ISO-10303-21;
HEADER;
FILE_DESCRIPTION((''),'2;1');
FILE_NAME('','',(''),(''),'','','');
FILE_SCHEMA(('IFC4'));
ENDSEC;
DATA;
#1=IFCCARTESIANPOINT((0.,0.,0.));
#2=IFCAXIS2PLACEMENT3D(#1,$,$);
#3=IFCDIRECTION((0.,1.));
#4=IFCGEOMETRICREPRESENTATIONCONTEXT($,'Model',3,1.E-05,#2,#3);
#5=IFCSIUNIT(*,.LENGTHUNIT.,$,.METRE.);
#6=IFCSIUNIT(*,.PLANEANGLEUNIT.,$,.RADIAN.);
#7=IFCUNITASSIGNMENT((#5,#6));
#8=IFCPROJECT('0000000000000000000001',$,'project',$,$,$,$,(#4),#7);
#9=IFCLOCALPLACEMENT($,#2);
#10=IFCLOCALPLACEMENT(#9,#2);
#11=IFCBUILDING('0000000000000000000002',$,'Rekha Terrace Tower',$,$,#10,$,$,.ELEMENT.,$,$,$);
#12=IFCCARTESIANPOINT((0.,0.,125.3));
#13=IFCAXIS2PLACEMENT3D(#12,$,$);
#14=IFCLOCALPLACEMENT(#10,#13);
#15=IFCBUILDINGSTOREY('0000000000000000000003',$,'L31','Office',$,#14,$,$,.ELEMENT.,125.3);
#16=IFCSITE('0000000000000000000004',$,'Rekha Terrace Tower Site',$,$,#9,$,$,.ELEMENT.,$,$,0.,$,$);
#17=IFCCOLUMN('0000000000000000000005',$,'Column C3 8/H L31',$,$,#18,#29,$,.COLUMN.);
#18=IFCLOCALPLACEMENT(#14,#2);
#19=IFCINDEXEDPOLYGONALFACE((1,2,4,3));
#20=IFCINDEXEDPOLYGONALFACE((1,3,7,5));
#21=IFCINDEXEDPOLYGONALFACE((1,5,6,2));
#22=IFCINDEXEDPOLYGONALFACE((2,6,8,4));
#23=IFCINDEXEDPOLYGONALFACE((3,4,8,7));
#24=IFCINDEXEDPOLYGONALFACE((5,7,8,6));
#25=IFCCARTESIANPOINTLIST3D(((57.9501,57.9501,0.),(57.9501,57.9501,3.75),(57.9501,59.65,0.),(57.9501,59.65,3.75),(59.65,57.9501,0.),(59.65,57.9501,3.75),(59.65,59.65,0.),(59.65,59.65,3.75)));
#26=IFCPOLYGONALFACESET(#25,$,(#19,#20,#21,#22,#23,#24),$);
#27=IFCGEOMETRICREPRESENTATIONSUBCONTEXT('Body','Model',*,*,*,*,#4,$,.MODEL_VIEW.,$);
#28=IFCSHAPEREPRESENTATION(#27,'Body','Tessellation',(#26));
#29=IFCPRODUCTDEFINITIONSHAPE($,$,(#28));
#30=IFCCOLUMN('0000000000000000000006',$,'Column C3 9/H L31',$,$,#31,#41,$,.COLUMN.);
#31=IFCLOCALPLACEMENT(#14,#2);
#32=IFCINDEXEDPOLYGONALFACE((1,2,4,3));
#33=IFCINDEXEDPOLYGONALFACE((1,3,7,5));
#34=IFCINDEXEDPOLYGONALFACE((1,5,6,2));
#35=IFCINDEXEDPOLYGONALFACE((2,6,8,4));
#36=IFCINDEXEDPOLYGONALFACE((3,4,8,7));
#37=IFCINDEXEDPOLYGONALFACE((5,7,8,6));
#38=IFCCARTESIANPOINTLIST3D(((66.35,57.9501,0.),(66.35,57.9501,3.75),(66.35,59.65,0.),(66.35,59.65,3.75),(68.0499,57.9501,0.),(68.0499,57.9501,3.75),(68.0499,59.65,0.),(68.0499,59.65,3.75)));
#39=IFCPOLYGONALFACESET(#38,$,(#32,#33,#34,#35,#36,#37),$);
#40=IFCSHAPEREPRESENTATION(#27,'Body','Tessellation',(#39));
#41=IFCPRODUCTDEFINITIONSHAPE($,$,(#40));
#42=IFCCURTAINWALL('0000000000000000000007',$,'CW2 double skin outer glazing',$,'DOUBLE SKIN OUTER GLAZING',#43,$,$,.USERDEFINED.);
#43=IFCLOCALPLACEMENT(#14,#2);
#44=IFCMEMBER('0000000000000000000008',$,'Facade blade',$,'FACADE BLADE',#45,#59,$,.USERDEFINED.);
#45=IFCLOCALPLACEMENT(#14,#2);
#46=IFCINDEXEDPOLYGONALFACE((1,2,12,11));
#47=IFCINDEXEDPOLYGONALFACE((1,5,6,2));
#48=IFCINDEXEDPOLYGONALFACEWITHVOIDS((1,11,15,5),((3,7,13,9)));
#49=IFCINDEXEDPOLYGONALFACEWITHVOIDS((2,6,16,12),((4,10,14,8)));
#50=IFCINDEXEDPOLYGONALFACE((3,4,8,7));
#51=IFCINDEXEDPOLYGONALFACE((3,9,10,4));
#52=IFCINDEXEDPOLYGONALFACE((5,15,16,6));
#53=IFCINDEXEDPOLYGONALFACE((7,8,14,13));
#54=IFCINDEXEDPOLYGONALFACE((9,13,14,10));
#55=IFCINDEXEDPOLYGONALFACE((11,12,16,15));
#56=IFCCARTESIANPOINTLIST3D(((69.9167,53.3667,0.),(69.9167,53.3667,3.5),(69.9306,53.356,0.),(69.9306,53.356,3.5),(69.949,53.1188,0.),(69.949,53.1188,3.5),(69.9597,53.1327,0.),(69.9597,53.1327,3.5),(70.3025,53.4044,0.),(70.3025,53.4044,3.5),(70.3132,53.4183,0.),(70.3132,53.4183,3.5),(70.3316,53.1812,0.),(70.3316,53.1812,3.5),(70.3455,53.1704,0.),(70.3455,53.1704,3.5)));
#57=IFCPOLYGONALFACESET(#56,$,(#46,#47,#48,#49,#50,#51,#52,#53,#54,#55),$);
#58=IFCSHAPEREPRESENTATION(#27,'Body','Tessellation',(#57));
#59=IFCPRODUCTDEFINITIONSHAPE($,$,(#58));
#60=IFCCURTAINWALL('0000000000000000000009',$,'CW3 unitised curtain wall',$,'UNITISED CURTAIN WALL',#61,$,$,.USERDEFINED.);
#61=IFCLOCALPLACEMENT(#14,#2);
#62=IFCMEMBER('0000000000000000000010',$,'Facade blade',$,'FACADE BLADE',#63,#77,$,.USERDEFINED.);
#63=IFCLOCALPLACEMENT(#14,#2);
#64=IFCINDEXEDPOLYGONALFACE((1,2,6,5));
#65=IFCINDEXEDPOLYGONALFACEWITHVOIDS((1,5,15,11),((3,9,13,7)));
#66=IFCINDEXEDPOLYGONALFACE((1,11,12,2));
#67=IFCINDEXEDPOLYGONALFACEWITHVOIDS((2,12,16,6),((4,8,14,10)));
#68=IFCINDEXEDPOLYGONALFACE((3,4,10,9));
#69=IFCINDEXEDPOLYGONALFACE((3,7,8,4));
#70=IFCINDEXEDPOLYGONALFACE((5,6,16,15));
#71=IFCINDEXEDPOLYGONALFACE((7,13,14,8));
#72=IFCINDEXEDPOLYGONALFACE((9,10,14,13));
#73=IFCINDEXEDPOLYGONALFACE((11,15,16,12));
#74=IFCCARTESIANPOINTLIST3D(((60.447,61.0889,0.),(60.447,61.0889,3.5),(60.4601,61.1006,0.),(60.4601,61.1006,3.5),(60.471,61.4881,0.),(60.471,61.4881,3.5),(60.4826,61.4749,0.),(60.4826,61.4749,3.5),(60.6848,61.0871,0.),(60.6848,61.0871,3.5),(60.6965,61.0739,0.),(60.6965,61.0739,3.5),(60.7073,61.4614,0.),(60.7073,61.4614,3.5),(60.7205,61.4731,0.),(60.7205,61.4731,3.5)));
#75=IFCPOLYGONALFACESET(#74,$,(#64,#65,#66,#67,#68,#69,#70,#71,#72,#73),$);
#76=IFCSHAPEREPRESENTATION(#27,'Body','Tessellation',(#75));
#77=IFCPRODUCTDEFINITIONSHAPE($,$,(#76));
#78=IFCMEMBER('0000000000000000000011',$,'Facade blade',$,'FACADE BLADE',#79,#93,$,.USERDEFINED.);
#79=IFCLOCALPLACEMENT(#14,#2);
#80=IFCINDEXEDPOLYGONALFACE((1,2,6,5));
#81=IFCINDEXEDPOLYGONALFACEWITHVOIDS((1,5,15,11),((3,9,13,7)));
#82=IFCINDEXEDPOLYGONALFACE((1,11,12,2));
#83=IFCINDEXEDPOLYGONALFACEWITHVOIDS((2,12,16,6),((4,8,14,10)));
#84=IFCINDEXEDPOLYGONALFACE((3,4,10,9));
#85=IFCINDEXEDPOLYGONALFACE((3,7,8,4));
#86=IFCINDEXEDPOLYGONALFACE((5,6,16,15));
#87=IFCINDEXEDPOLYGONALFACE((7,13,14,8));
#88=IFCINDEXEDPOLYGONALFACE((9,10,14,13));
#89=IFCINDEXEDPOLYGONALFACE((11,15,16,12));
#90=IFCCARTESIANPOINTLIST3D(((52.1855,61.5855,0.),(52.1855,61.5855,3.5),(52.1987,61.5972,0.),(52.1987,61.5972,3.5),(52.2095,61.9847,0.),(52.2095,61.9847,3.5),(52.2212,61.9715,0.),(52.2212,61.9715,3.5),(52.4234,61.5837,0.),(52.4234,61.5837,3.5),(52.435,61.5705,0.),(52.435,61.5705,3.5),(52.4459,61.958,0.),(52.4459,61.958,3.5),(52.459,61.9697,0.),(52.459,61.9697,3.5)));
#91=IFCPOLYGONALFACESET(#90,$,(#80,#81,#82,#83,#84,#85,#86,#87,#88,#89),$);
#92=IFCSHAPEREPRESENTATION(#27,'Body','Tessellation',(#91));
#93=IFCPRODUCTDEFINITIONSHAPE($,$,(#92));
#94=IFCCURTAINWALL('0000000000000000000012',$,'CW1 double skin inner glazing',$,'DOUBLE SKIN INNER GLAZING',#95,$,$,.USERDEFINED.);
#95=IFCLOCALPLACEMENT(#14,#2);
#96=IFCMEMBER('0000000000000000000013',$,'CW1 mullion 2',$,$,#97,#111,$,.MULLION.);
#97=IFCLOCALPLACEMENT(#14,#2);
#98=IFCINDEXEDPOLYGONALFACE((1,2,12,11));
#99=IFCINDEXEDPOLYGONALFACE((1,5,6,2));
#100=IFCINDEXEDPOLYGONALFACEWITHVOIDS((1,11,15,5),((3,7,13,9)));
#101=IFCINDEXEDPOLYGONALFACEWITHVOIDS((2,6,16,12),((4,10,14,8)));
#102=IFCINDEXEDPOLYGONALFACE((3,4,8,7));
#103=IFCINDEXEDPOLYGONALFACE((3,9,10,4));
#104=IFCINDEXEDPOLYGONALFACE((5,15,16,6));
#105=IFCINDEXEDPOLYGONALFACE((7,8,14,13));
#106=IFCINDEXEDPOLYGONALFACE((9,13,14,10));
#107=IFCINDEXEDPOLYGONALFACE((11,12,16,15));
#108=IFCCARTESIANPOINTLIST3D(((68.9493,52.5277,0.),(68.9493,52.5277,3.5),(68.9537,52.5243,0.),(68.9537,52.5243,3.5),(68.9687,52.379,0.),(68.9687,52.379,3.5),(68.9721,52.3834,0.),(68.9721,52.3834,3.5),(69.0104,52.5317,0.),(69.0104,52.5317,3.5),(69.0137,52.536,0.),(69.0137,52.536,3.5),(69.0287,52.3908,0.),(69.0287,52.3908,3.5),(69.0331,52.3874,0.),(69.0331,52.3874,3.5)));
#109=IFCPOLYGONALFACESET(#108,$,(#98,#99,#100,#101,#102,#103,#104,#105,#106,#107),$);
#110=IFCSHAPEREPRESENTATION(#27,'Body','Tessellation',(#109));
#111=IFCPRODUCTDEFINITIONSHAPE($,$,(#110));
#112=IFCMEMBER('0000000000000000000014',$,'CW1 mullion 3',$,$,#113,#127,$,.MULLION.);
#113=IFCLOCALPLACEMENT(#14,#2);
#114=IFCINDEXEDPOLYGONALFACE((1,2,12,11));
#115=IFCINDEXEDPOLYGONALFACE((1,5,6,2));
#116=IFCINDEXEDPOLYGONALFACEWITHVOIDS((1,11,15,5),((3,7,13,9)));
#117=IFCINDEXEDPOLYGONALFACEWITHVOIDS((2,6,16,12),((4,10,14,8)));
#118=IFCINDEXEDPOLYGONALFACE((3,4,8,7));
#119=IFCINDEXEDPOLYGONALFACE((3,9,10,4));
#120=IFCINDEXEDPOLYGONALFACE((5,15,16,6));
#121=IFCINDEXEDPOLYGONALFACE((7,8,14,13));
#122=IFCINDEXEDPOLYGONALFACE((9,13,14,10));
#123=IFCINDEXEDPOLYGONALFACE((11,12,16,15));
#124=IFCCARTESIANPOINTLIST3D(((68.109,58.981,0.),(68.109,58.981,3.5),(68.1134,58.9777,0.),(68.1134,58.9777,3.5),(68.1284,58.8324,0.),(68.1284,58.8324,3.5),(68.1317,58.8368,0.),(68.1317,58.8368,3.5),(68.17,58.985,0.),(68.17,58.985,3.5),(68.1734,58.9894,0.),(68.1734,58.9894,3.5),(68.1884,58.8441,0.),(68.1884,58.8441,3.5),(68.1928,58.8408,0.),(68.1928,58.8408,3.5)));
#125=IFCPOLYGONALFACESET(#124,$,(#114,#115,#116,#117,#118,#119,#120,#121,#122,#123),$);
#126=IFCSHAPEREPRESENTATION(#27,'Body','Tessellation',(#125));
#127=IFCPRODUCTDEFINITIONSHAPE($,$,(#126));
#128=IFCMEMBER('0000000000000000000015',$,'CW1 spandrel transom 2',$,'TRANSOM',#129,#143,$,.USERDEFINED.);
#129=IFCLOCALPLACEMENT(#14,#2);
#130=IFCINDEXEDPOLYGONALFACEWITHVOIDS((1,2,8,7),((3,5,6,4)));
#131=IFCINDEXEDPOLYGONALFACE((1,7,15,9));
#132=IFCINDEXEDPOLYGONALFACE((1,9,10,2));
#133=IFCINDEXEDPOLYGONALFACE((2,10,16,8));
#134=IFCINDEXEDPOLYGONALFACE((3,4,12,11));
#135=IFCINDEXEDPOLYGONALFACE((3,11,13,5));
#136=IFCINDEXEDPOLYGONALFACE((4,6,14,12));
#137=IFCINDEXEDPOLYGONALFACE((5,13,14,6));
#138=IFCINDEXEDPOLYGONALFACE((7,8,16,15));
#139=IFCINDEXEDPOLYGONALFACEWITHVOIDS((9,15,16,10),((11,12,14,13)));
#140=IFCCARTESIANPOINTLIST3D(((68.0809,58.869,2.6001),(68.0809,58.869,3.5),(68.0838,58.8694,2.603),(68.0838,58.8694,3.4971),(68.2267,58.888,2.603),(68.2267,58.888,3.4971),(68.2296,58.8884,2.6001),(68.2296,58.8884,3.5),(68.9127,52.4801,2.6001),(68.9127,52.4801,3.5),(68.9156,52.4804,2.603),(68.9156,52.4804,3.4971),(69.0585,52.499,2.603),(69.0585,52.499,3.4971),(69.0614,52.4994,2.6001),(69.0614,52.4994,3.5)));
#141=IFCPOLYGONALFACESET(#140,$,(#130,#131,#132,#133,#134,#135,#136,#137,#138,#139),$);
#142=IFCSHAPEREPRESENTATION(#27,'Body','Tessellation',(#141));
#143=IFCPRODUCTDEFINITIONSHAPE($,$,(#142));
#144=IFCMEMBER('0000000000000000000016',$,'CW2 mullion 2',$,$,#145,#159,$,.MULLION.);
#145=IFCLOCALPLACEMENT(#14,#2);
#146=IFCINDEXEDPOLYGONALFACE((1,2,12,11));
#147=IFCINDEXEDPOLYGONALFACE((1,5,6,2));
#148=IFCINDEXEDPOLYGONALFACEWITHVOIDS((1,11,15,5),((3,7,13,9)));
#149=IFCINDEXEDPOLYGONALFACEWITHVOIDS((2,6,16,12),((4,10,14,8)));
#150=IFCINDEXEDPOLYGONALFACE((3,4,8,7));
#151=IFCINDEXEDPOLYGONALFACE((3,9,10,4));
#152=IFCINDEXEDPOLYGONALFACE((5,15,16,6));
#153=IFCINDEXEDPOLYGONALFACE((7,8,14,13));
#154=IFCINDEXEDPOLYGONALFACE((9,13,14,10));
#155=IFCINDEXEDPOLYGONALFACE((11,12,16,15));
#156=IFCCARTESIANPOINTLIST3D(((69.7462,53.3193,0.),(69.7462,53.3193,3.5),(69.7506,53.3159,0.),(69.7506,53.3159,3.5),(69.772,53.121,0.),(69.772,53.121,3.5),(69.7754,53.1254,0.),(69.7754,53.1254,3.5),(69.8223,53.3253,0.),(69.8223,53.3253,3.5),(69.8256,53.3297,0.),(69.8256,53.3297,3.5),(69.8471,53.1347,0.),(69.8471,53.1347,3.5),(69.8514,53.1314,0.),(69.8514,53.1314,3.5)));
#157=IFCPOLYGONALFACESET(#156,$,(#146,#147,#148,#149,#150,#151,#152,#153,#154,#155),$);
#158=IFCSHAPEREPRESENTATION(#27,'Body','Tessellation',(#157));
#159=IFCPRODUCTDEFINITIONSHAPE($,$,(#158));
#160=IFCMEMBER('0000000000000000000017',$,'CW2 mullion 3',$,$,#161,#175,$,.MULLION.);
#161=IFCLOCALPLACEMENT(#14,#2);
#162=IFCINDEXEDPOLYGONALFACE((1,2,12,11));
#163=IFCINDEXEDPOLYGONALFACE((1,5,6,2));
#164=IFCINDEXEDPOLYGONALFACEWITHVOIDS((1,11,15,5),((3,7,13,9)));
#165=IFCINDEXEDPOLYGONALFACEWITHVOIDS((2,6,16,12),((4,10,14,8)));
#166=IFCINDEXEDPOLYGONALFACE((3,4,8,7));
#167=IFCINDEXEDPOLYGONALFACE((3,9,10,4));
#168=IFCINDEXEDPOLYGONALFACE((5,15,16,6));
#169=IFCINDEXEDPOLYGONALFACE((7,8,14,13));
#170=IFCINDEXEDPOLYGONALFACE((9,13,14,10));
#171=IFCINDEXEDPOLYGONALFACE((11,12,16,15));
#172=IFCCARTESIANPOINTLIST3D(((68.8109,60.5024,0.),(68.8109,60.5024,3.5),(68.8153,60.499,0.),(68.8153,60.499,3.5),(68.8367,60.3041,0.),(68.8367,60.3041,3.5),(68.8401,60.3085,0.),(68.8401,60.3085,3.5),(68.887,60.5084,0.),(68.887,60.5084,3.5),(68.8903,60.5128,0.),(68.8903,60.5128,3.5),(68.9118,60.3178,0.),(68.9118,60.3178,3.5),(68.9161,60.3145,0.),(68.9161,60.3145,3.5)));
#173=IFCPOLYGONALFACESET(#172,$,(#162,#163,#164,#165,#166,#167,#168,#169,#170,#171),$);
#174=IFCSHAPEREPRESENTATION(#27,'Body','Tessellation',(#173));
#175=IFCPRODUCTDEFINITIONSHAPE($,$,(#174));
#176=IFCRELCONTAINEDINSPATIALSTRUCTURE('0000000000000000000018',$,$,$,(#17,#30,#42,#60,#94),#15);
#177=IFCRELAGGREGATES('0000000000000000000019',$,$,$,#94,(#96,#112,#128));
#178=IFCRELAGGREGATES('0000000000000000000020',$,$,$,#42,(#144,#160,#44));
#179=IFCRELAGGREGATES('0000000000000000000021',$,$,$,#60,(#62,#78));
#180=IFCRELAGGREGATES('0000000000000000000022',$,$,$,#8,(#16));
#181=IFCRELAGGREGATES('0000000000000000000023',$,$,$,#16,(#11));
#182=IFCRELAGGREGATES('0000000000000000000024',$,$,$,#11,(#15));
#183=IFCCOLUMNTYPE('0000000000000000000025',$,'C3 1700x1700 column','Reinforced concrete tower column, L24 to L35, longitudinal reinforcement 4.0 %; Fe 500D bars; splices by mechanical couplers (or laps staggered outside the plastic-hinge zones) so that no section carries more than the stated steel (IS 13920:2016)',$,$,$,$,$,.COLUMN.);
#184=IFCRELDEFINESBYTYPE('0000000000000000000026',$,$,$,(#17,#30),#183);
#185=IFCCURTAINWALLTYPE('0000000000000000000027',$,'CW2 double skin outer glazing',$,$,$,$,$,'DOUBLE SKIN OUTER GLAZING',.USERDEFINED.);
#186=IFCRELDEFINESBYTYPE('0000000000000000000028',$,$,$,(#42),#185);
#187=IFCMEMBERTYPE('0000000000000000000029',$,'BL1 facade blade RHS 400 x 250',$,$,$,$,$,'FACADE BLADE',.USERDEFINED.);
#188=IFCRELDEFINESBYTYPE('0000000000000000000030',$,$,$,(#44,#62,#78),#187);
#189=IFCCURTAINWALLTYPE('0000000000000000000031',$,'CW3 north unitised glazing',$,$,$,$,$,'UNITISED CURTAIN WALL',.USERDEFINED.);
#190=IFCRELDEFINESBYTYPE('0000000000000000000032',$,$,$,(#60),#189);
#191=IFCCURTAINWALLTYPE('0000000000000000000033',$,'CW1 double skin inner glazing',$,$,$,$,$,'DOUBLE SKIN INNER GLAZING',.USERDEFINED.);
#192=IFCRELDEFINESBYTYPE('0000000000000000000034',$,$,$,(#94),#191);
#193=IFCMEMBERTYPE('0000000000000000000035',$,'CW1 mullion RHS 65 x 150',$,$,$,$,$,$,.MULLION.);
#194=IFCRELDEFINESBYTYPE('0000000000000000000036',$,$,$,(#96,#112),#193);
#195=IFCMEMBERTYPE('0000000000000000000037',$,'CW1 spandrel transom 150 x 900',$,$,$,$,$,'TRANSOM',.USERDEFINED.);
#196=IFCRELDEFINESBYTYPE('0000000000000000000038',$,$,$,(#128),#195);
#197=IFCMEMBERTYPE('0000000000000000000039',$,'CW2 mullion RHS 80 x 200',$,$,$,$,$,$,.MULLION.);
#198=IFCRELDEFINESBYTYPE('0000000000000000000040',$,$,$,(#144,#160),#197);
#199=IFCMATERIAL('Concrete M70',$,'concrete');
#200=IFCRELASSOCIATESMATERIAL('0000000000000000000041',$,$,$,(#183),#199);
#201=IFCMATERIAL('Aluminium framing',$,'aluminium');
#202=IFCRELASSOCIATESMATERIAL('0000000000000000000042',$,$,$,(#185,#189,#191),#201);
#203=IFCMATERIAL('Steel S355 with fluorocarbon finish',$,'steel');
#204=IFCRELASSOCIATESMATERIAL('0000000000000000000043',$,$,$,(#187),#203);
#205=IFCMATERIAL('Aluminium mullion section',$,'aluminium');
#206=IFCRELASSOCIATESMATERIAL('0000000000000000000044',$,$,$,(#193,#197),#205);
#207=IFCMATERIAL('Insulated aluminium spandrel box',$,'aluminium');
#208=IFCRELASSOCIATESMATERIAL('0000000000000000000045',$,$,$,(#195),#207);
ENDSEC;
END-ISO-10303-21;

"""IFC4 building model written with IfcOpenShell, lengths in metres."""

from ifc_helpers import new_model, si_unit, direction, frame, origin, origin_2d, place, context, subcontext, project, spatial, rectangle, hollow_rectangle, extrude, material, material_profile, profile_set, type_object, element, aggregate, save


model = new_model("IFC4")

# Units and contexts
model_context = context("Model", 3, precision=1e-05, world=origin(), true_north=direction((0.0, 1.0)))
body_context = subcontext(model_context, "Body", "Model", "MODEL_VIEW")
ifc_project = project(units=[si_unit("LENGTHUNIT", "METRE"), si_unit("PLANEANGLEUNIT", "RADIAN")], contexts=[model_context])

# Site, building, storey
site_placement = place(None, origin())
site = spatial("IfcSite", under=ifc_project, at=site_placement, Name="Rekha Terrace Tower Site", CompositionType="ELEMENT", RefElevation=0.0)
building_placement = place(site_placement, origin())
building = spatial("IfcBuilding", under=site, at=building_placement, Name="Rekha Terrace Tower", CompositionType="ELEMENT")
storey_placement = place(building_placement, frame((0.0, 0.0, 125.3)))
storey = spatial("IfcBuildingStorey", under=building, at=storey_placement, Name="L31", Description="Office", CompositionType="ELEMENT", Elevation=125.3)

# Columns
ifc_material_1 = material(Name="Concrete M70", Category="concrete")
ifc_material_profile_1 = material_profile(ifc_material_1, rectangle(XDim=1.7, YDim=1.7, at=origin_2d()), Name="RC 1700x1700")
ifc_profile_set_1 = profile_set([ifc_material_profile_1], Name="Concrete M70")
column_type = type_object("IfcColumnType", Name="C3 1700x1700 column", Description="Reinforced concrete tower column, L24 to L35, longitudinal reinforcement 4.0 %; Fe 500D bars; splices by mechanical couplers (or laps staggered outside the plastic-hinge zones) so that no section carries more than the stated steel (IS 13920:2016)", PredefinedType="COLUMN", material=ifc_profile_set_1)
for number, where, z_axis, x_axis, name in (
    (1, (58.8, 58.8, 0.0), (0.0, 0.0, 1.0), (1.0, 0.0, 0.0), "Column C3 8/H L31"),
    (2, (67.2, 58.8, 0.0), (0.0, 0.0, 1.0), (1.0, 0.0, 0.0), "Column C3 9/H L31"),
):
    element("IfcColumn", number, at=place(storey_placement, frame(where, z_axis=z_axis, x_axis=x_axis)), inside=storey, type_object=column_type, Name=name, PredefinedType="COLUMN", context=body_context, shape_type="SweptSolid", body=[
        extrude(rectangle(XDim=1.7, YDim=1.7, at=origin_2d()), origin(), (0.0, 0.0, 1.0), 3.75),
    ])

# Curtain wall, member
ifc_material_2 = material(Name="Aluminium framing", Category="aluminium")
curtain_wall_type_1 = type_object("IfcCurtainWallType", Name="CW2 double skin outer glazing", ElementType="DOUBLE SKIN OUTER GLAZING", PredefinedType="USERDEFINED", material=ifc_material_2)
curtain_wall_1_placement = place(storey_placement, origin())
curtain_wall_1 = element("IfcCurtainWall", 3, at=curtain_wall_1_placement, inside=storey, type_object=curtain_wall_type_1, Name="CW2 double skin outer glazing", ObjectType="DOUBLE SKIN OUTER GLAZING", PredefinedType="USERDEFINED")
ifc_material_3 = material(Name="Steel S355 with fluorocarbon finish", Category="steel")
ifc_material_profile_2 = material_profile(ifc_material_3, hollow_rectangle(XDim=0.25, YDim=0.3999, WallThickness=0.0125, at=origin_2d()), Name="RHS400x250x12.5")
ifc_profile_set_2 = profile_set([ifc_material_profile_2], Name="Steel S355 with fluorocarbon finish")
member_type_1 = type_object("IfcMemberType", Name="BL1 facade blade RHS 400 x 250", ElementType="FACADE BLADE", PredefinedType="USERDEFINED", material=ifc_profile_set_2)
member_1_placement = place(storey_placement, frame((70.1311, 53.2686, 0.0), z_axis=(0.0, 0.0, 1.0), x_axis=(-0.129119, 0.991629, 0.0)))
member_1 = element("IfcMember", 4, at=member_1_placement, type_object=member_type_1, Name="Facade blade", ObjectType="FACADE BLADE", PredefinedType="USERDEFINED", context=body_context, shape_type="SweptSolid", body=[
    extrude(hollow_rectangle(XDim=0.25, YDim=0.3999, WallThickness=0.0125, at=origin_2d()), origin(), (0.0, 0.0, 1.0), 3.5),
])

# Curtain walls, members
curtain_wall_type_2 = type_object("IfcCurtainWallType", Name="CW3 north unitised glazing", ElementType="UNITISED CURTAIN WALL", PredefinedType="USERDEFINED", material=ifc_material_2)
curtain_wall_2_placement = place(storey_placement, origin())
curtain_wall_2 = element("IfcCurtainWall", 5, at=curtain_wall_2_placement, inside=storey, type_object=curtain_wall_type_2, Name="CW3 unitised curtain wall", ObjectType="UNITISED CURTAIN WALL", PredefinedType="USERDEFINED")
member_2_placement = place(storey_placement, frame((60.5837, 61.281, 0.0), z_axis=(0.0, 0.0, 1.0), x_axis=(-0.998199, 0.059988, 0.0)))
member_2 = element("IfcMember", 6, at=member_2_placement, type_object=member_type_1, Name="Facade blade", ObjectType="FACADE BLADE", PredefinedType="USERDEFINED", context=body_context, shape_type="SweptSolid", body=[
    extrude(hollow_rectangle(XDim=0.25, YDim=0.3999, WallThickness=0.0125, at=origin_2d()), origin(), (0.0, 0.0, 1.0), 3.5),
])
member_3_placement = place(storey_placement, frame((52.3223, 61.7776, 0.0), z_axis=(0.0, 0.0, 1.0), x_axis=(-0.998199, 0.059988, 0.0)))
member_3 = element("IfcMember", 7, at=member_3_placement, type_object=member_type_1, Name="Facade blade", ObjectType="FACADE BLADE", PredefinedType="USERDEFINED", context=body_context, shape_type="SweptSolid", body=[
    extrude(hollow_rectangle(XDim=0.25, YDim=0.3999, WallThickness=0.0125, at=origin_2d()), origin(), (0.0, 0.0, 1.0), 3.5),
])
curtain_wall_type_3 = type_object("IfcCurtainWallType", Name="CW1 double skin inner glazing", ElementType="DOUBLE SKIN INNER GLAZING", PredefinedType="USERDEFINED", material=ifc_material_2)
curtain_wall_3_placement = place(storey_placement, origin())
curtain_wall_3 = element("IfcCurtainWall", 8, at=curtain_wall_3_placement, inside=storey, type_object=curtain_wall_type_3, Name="CW1 double skin inner glazing", ObjectType="DOUBLE SKIN INNER GLAZING", PredefinedType="USERDEFINED")
ifc_material_4 = material(Name="Aluminium mullion section", Category="aluminium")
ifc_material_profile_3 = material_profile(ifc_material_4, hollow_rectangle(XDim=0.0649, YDim=0.1499, WallThickness=0.0039, at=origin_2d()), Name="AL RHS 65x150")
ifc_profile_set_3 = profile_set([ifc_material_profile_3], Name="Aluminium mullion section")
member_type_2 = type_object("IfcMemberType", Name="CW1 mullion RHS 65 x 150", PredefinedType="MULLION", material=ifc_profile_set_3)
member_4_placement = place(storey_placement, frame((68.9912, 52.4575, 0.0), z_axis=(0.0, 0.0, 1.0), x_axis=(-0.991629, -0.129118, 0.0)))
member_4 = element("IfcMember", 9, at=member_4_placement, type_object=member_type_2, Name="CW1 mullion 2", PredefinedType="MULLION", context=body_context, shape_type="SweptSolid", body=[
    extrude(hollow_rectangle(XDim=0.0649, YDim=0.1499, WallThickness=0.0039, at=origin_2d()), origin(), (0.0, 0.0, 1.0), 3.5),
])
member_5_placement = place(storey_placement, frame((68.1509, 58.9109, 0.0), z_axis=(0.0, 0.0, 1.0), x_axis=(-0.991629, -0.129118, 0.0)))
member_5 = element("IfcMember", 10, at=member_5_placement, type_object=member_type_2, Name="CW1 mullion 3", PredefinedType="MULLION", context=body_context, shape_type="SweptSolid", body=[
    extrude(hollow_rectangle(XDim=0.0649, YDim=0.1499, WallThickness=0.0039, at=origin_2d()), origin(), (0.0, 0.0, 1.0), 3.5),
])
ifc_material_5 = material(Name="Insulated aluminium spandrel box", Category="aluminium")
ifc_material_profile_4 = material_profile(ifc_material_5, hollow_rectangle(XDim=0.1499, YDim=0.8999, WallThickness=0.0029, at=origin_2d()), Name="AL SPANDREL BOX 150x900")
ifc_profile_set_4 = profile_set([ifc_material_profile_4], Name="Insulated aluminium spandrel box")
member_type_3 = type_object("IfcMemberType", Name="CW1 spandrel transom 150 x 900", ElementType="TRANSOM", PredefinedType="USERDEFINED", material=ifc_profile_set_4)
member_6_placement = place(storey_placement, frame((68.9871, 52.4897, 3.05), z_axis=(-0.129103, 0.991631, 0.0), x_axis=(-0.991631, -0.129103, 0.0)))
member_6 = element("IfcMember", 11, at=member_6_placement, type_object=member_type_3, Name="CW1 spandrel transom 2", ObjectType="TRANSOM", PredefinedType="USERDEFINED", context=body_context, shape_type="SweptSolid", body=[
    extrude(hollow_rectangle(XDim=0.1499, YDim=0.8999, WallThickness=0.0029, at=origin_2d()), origin(), (0.0, 0.0, 1.0), 6.4429),
])

# Members
ifc_material_profile_5 = material_profile(ifc_material_4, hollow_rectangle(XDim=0.0801, YDim=0.2, WallThickness=0.0039, at=origin_2d()), Name="AL RHS 80x200")
ifc_profile_set_5 = profile_set([ifc_material_profile_5], Name="Aluminium mullion section")
member_type_4 = type_object("IfcMemberType", Name="CW2 mullion RHS 80 x 200", PredefinedType="MULLION", material=ifc_profile_set_5)
member_7_placement = place(storey_placement, frame((69.7988, 53.2253, 0.0), z_axis=(0.0, 0.0, 1.0), x_axis=(-0.991629, -0.129118, 0.0)))
member_7 = element("IfcMember", 12, at=member_7_placement, type_object=member_type_4, Name="CW2 mullion 2", PredefinedType="MULLION", context=body_context, shape_type="SweptSolid", body=[
    extrude(hollow_rectangle(XDim=0.0801, YDim=0.2, WallThickness=0.0039, at=origin_2d()), origin(), (0.0, 0.0, 1.0), 3.5),
])
member_8_placement = place(storey_placement, frame((68.8635, 60.4084, 0.0), z_axis=(0.0, 0.0, 1.0), x_axis=(-0.991629, -0.129118, 0.0)))
member_8 = element("IfcMember", 13, at=member_8_placement, type_object=member_type_4, Name="CW2 mullion 3", PredefinedType="MULLION", context=body_context, shape_type="SweptSolid", body=[
    extrude(hollow_rectangle(XDim=0.0801, YDim=0.2, WallThickness=0.0039, at=origin_2d()), origin(), (0.0, 0.0, 1.0), 3.5),
])

aggregate(curtain_wall_3, [member_4, member_5, member_6])
aggregate(curtain_wall_1, [member_7, member_8, member_1])
aggregate(curtain_wall_2, [member_2, member_3])

save(model, "model.ifc")
